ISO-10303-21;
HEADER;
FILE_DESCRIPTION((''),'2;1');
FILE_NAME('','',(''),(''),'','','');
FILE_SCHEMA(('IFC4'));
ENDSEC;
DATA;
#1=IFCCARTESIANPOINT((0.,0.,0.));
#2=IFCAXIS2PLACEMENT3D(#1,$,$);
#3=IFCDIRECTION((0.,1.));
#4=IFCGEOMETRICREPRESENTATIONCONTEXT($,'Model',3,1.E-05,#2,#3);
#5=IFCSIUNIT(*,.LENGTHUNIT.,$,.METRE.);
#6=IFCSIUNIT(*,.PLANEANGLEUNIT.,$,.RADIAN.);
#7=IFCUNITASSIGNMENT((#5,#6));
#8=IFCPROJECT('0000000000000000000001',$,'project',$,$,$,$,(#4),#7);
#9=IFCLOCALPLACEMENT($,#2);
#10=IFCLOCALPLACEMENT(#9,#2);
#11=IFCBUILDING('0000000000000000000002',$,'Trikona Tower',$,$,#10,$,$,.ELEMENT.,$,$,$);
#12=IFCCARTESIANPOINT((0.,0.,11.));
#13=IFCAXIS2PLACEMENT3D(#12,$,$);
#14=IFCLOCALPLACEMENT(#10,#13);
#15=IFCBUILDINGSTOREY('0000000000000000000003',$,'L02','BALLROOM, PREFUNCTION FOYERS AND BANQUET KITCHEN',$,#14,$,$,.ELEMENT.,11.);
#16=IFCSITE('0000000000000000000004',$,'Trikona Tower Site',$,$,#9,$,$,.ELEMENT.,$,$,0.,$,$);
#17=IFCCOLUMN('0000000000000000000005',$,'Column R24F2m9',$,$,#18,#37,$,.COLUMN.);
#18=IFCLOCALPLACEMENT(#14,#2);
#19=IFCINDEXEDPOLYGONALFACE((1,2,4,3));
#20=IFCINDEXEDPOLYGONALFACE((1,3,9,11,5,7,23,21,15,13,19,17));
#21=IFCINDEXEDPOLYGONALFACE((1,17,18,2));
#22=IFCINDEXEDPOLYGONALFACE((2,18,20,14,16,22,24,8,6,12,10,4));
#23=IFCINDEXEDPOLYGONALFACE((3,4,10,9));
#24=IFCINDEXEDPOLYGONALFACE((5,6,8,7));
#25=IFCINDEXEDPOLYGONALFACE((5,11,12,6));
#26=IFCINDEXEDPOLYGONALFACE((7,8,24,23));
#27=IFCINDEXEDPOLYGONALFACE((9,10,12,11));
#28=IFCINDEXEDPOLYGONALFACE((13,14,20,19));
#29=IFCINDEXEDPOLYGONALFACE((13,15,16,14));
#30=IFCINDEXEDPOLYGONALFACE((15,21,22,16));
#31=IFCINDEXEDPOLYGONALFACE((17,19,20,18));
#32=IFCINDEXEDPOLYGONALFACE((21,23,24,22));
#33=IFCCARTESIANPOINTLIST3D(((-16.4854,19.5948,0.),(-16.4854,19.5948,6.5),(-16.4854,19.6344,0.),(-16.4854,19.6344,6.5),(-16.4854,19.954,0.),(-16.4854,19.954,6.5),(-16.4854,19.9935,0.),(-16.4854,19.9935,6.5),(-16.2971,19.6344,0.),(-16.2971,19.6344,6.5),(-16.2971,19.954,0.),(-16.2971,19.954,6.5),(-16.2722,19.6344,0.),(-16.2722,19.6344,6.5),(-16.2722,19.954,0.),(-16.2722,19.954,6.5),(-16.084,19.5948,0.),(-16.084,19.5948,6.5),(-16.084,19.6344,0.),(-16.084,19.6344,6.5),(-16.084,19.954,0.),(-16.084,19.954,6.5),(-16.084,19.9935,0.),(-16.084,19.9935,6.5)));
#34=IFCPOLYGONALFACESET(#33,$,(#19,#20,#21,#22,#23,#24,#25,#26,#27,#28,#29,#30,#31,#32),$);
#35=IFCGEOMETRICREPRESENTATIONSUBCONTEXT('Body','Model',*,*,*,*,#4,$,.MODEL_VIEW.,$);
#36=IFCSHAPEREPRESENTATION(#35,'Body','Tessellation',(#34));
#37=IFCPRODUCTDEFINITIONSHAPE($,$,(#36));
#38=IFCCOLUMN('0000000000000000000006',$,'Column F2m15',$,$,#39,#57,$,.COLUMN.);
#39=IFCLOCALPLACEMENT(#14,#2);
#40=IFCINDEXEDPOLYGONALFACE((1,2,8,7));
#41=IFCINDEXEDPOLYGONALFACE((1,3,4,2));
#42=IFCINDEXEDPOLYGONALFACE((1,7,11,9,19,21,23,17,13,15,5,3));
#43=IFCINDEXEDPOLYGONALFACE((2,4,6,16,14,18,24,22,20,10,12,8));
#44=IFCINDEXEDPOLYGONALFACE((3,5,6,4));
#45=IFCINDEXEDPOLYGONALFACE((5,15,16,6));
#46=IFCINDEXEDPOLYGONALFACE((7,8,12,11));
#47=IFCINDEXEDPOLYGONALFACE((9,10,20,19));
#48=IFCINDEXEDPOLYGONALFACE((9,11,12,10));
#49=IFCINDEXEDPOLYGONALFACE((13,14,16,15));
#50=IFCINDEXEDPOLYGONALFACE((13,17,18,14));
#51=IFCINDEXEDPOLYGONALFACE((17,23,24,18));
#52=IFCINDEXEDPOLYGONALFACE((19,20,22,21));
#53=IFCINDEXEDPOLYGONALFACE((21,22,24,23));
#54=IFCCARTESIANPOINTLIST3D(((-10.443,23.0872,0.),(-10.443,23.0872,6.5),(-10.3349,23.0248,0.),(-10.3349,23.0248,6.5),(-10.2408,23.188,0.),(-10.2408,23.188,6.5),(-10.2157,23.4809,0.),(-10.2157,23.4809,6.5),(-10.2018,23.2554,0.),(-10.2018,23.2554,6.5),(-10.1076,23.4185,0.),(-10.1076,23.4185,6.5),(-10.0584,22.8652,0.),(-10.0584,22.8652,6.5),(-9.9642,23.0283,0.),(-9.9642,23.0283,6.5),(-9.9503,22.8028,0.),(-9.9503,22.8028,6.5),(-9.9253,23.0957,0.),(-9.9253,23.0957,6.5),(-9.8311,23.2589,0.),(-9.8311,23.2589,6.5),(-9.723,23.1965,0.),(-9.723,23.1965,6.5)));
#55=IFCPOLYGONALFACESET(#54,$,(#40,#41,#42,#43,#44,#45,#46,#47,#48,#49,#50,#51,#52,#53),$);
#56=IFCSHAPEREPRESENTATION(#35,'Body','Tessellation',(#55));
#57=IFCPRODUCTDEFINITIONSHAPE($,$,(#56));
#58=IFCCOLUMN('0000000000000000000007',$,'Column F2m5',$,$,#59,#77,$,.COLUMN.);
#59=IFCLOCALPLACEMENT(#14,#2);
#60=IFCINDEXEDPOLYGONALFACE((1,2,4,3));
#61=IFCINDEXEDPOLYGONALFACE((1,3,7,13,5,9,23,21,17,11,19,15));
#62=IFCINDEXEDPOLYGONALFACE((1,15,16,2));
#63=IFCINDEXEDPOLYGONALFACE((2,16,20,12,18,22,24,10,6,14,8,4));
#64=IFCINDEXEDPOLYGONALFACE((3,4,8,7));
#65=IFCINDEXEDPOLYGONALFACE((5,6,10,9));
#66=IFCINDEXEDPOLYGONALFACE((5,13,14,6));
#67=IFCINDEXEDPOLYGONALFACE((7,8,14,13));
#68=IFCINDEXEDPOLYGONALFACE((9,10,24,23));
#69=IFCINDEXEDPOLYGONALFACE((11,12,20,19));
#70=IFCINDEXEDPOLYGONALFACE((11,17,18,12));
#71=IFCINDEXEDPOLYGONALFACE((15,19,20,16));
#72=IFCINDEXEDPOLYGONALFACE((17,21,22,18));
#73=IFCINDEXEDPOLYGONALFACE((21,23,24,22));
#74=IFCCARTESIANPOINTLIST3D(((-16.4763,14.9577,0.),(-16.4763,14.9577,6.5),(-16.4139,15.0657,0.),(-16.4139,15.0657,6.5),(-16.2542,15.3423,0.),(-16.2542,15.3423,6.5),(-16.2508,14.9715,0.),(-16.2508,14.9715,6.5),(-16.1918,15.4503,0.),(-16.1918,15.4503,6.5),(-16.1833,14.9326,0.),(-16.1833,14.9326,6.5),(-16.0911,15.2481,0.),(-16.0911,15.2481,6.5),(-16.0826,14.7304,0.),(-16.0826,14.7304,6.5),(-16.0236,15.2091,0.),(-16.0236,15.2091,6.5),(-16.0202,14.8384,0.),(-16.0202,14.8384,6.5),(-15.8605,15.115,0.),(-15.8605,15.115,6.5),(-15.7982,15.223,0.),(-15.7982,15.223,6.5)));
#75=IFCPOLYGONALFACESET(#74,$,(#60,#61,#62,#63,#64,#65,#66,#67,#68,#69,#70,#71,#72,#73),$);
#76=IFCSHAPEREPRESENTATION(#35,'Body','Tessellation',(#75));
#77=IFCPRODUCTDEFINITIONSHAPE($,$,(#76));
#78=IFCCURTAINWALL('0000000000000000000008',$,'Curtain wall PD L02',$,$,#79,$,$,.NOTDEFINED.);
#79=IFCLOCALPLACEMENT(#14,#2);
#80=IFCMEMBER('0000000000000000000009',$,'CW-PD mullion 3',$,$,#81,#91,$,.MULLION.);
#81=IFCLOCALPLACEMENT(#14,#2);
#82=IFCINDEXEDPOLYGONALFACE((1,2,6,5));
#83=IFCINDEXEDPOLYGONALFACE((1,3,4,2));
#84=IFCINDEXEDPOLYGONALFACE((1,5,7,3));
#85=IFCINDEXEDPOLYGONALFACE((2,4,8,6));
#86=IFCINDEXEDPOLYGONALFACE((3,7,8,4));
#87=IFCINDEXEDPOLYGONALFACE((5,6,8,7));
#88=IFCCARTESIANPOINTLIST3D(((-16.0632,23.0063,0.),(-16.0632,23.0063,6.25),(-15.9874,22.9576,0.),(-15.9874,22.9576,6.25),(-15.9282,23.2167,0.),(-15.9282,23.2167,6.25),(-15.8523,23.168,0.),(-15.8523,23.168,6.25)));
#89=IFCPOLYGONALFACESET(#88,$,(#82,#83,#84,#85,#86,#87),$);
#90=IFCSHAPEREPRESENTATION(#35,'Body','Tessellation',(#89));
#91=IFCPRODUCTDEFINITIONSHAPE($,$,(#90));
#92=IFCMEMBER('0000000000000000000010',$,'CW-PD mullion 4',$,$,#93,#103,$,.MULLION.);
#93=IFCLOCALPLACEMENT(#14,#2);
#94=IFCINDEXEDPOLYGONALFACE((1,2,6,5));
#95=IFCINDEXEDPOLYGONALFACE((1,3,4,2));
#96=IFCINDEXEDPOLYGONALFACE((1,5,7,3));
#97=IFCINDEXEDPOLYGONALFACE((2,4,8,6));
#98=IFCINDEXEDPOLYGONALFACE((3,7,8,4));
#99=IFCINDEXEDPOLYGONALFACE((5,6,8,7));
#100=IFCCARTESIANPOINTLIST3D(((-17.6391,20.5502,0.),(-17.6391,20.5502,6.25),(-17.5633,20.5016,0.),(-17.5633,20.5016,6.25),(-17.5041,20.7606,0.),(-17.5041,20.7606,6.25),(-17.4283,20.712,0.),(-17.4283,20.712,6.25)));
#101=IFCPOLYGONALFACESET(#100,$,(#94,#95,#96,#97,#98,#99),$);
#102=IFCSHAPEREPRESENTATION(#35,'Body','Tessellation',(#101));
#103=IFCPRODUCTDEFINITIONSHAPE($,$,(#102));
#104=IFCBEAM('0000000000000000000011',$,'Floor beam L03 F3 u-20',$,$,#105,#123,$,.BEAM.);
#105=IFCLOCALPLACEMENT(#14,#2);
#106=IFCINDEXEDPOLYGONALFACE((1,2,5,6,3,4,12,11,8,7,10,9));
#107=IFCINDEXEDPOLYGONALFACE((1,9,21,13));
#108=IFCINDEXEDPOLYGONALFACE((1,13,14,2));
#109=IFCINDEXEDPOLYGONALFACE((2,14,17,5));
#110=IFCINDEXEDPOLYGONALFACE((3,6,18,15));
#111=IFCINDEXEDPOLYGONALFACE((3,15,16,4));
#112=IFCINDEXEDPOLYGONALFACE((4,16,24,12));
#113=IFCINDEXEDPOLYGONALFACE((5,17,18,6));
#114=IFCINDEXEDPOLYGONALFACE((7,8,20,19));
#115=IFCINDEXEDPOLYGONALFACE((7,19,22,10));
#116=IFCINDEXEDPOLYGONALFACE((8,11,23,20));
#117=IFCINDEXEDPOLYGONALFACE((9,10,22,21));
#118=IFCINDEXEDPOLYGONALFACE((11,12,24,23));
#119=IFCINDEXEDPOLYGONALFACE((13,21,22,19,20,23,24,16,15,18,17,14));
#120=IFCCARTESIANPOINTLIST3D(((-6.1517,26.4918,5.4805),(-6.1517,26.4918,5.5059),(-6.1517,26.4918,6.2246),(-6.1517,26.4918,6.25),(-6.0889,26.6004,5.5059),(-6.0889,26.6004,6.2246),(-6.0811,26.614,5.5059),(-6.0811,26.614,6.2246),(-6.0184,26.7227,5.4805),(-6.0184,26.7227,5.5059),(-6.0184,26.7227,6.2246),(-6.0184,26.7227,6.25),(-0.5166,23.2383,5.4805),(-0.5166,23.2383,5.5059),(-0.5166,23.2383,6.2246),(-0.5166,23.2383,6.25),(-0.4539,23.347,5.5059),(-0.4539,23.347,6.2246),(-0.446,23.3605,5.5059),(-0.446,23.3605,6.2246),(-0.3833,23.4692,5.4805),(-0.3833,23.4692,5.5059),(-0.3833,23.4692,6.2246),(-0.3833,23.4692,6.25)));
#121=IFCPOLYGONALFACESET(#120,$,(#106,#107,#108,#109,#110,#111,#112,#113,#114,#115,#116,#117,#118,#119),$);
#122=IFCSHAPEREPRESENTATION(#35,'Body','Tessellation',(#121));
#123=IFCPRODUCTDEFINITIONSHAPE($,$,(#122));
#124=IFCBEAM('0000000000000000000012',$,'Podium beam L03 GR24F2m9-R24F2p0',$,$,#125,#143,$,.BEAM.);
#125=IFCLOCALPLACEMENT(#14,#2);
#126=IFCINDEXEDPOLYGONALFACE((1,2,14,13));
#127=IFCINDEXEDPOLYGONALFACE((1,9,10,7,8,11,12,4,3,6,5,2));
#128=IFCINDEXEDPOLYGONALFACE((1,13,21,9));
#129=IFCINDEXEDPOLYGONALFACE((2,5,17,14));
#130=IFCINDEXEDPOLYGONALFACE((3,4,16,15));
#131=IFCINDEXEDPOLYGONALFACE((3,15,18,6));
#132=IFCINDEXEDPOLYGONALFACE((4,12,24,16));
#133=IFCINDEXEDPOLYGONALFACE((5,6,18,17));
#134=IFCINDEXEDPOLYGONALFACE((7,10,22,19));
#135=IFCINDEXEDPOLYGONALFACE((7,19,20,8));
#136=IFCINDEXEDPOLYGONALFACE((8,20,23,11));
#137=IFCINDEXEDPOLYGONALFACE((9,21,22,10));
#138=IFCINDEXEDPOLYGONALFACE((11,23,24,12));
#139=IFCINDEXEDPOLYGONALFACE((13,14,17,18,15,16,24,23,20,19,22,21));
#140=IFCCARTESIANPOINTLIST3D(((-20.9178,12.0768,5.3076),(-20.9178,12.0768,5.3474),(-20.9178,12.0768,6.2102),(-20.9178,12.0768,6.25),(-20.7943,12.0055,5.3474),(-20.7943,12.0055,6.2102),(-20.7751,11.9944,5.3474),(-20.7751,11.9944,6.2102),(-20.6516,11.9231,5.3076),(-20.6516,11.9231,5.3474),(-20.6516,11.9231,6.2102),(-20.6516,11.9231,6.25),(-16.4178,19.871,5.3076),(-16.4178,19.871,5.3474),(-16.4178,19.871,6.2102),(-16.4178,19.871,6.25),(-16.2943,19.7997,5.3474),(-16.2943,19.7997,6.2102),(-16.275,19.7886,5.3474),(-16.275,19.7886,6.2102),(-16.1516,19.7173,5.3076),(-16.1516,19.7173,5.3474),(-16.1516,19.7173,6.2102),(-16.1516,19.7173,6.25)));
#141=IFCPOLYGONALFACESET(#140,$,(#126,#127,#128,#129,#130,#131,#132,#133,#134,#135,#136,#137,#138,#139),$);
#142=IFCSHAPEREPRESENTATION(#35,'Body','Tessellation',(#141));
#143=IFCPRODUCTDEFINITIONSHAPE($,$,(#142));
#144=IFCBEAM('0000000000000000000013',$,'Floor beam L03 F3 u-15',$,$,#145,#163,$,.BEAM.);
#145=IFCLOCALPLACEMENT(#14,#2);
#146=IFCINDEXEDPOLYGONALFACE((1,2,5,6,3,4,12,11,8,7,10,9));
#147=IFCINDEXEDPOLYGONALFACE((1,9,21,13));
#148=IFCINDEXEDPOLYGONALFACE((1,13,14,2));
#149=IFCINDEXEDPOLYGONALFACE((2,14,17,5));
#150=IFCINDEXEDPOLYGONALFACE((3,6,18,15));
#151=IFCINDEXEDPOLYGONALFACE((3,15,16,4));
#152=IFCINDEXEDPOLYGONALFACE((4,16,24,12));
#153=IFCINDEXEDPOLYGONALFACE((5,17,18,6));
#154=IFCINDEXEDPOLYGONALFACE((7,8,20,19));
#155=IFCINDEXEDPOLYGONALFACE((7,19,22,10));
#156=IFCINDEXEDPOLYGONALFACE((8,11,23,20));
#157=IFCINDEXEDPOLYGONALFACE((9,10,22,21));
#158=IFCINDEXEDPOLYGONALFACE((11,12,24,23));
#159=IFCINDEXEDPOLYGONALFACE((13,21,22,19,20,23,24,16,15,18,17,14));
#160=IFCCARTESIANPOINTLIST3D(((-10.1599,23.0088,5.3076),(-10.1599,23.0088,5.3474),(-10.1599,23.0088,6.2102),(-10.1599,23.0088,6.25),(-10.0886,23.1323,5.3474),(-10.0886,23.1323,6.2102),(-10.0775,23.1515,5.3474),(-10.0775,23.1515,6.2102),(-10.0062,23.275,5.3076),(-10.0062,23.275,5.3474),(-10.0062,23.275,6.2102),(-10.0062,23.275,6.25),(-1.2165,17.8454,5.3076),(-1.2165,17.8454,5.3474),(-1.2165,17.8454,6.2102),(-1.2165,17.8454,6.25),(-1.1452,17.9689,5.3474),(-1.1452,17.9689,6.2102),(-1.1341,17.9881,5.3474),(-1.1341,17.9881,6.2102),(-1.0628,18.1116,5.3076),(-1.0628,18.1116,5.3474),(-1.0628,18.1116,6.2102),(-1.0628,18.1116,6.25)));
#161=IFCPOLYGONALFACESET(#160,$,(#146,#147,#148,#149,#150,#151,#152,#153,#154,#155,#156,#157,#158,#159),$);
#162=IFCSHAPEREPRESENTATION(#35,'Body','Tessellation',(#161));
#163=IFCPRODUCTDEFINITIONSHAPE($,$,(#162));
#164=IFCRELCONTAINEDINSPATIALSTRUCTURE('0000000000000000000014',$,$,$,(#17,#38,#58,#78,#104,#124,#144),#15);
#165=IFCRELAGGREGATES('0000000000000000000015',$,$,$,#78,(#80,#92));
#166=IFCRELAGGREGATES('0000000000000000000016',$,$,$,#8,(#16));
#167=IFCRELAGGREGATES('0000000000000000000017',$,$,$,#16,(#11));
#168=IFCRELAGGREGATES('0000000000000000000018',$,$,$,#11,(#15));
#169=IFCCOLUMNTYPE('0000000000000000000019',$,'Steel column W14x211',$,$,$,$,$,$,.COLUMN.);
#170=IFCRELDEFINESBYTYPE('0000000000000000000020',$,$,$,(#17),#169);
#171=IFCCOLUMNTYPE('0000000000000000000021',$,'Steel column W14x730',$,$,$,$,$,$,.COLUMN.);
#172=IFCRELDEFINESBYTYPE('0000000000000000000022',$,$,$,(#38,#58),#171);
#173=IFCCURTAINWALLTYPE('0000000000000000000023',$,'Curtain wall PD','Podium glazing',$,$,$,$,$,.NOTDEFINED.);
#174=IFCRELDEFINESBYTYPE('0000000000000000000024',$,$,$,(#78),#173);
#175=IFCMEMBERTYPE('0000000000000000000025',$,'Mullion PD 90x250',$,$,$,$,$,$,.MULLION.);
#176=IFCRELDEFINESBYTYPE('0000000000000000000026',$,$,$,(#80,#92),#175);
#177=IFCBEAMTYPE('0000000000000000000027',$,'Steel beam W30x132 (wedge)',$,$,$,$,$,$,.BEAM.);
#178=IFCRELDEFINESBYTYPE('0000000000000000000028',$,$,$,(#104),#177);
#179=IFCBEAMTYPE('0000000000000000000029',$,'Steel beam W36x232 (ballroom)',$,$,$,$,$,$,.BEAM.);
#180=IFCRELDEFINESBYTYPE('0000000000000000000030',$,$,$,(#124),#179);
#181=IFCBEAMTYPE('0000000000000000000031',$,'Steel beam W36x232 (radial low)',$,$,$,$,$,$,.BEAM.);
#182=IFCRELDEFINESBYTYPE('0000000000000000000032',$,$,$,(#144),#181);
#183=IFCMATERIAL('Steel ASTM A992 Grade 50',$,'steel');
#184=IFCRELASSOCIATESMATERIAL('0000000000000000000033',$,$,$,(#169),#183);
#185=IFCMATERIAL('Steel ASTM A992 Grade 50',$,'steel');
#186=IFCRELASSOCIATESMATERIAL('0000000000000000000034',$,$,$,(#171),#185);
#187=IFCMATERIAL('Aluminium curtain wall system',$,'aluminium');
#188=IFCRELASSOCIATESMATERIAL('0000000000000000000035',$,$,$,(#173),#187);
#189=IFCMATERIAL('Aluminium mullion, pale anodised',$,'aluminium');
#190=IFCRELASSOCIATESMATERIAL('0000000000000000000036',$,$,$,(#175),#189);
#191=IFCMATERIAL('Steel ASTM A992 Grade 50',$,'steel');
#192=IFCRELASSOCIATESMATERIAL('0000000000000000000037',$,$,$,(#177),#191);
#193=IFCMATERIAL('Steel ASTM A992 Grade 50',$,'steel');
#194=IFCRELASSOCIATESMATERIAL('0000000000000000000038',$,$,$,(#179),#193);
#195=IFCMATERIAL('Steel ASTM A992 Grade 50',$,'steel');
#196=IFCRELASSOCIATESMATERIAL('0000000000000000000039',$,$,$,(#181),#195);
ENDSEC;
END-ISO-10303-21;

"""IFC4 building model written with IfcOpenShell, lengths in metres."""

from ifc_helpers import new_model, si_unit, direction, frame, origin, origin_2d, place, context, subcontext, project, spatial, rectangle, i_section, extrude, material, material_profile, profile_set, type_object, element, aggregate, save


model = new_model("IFC4")

# Units and contexts
model_context = context("Model", 3, precision=1e-05, world=origin(), true_north=direction((0.0, 1.0)))
body_context = subcontext(model_context, "Body", "Model", "MODEL_VIEW")
ifc_project = project(units=[si_unit("LENGTHUNIT", "METRE"), si_unit("PLANEANGLEUNIT", "RADIAN")], contexts=[model_context])

# Site, building, storey
site_placement = place(None, origin())
site = spatial("IfcSite", under=ifc_project, at=site_placement, Name="Trikona Tower Site", CompositionType="ELEMENT", RefElevation=0.0)
building_placement = place(site_placement, origin())
building = spatial("IfcBuilding", under=site, at=building_placement, Name="Trikona Tower", CompositionType="ELEMENT")
storey_placement = place(building_placement, frame((0.0, 0.0, 11.0)))
storey = spatial("IfcBuildingStorey", under=building, at=storey_placement, Name="L02", Description="BALLROOM, PREFUNCTION FOYERS AND BANQUET KITCHEN", CompositionType="ELEMENT", Elevation=11.0)

# Columns
ifc_material_1 = material(Name="Steel ASTM A992 Grade 50", Category="steel")
ifc_material_profile_1 = material_profile(ifc_material_1, i_section(OverallWidth=0.4014, OverallDepth=0.3987, WebThickness=0.0249, FlangeThickness=0.0396, at=origin_2d()), Name="W14X211")
ifc_profile_set_1 = profile_set([ifc_material_profile_1], Name="Steel ASTM A992 Grade 50")
column_type_1 = type_object("IfcColumnType", Name="Steel column W14x211", PredefinedType="COLUMN", material=ifc_profile_set_1)
column_placement = place(storey_placement, frame((-16.2847, 19.7942, 0.0), z_axis=(0.0, 0.0, 1.0), x_axis=(1.0, 0.0, 0.0)))
element("IfcColumn", 1, at=column_placement, inside=storey, type_object=column_type_1, Name="Column R24F2m9", PredefinedType="COLUMN", context=body_context, shape_type="SweptSolid", body=[
    extrude(i_section(OverallWidth=0.4014, OverallDepth=0.3987, WebThickness=0.0249, FlangeThickness=0.0396, at=origin_2d()), origin(), (0.0, 0.0, 1.0), 6.5),
])
ifc_material_2 = material(Name="Steel ASTM A992 Grade 50", Category="steel")
ifc_material_profile_2 = material_profile(ifc_material_2, i_section(OverallWidth=0.4546, OverallDepth=0.5688, WebThickness=0.0779, FlangeThickness=0.1248, at=origin_2d()), Name="W14X730")
ifc_profile_set_2 = profile_set([ifc_material_profile_2], Name="Steel ASTM A992 Grade 50")
column_type_2 = type_object("IfcColumnType", Name="Steel column W14x730", PredefinedType="COLUMN", material=ifc_profile_set_2)
for number, where, z_axis, x_axis, name in (
    (2, (-10.083, 23.1418, 0.0), (0.0, 0.0, 1.0), (-0.5, -0.866025, 0.0), "Column F2m15"),
    (3, (-16.1372, 15.0903, 0.0), (0.0, 0.0, 1.0), (-0.866025, 0.5, 0.0), "Column F2m5"),
):
    element("IfcColumn", number, at=place(storey_placement, frame(where, z_axis=z_axis, x_axis=x_axis)), inside=storey, type_object=column_type_2, Name=name, PredefinedType="COLUMN", context=body_context, shape_type="SweptSolid", body=[
        extrude(i_section(OverallWidth=0.4546, OverallDepth=0.5688, WebThickness=0.0779, FlangeThickness=0.1248, at=origin_2d()), origin(), (0.0, 0.0, 1.0), 6.5),
    ])

# Curtain wall, members
ifc_material_3 = material(Name="Aluminium curtain wall system", Category="aluminium")
curtain_wall_type = type_object("IfcCurtainWallType", Name="Curtain wall PD", Description="Podium glazing", PredefinedType="NOTDEFINED", material=ifc_material_3)
curtain_wall_placement = place(storey_placement, origin())
curtain_wall = element("IfcCurtainWall", 4, at=curtain_wall_placement, inside=storey, type_object=curtain_wall_type, Name="Curtain wall PD L02", PredefinedType="NOTDEFINED")
ifc_material_4 = material(Name="Aluminium mullion, pale anodised", Category="aluminium")
ifc_material_profile_3 = material_profile(ifc_material_4, rectangle(XDim=0.0901, YDim=0.25, at=origin_2d()), Name="MUL-PD")
ifc_profile_set_3 = profile_set([ifc_material_profile_3], Name="Aluminium mullion, pale anodised")
member_type_1 = type_object("IfcMemberType", Name="Mullion PD 90x250", PredefinedType="MULLION", material=ifc_profile_set_3)
member_1_placement = place(storey_placement, frame((-15.9578, 23.0872, 0.0), z_axis=(0.0, 0.0, 1.0), x_axis=(0.841623, -0.540066, 0.0)))
member_1 = element("IfcMember", 5, at=member_1_placement, type_object=member_type_1, Name="CW-PD mullion 3", PredefinedType="MULLION", context=body_context, shape_type="SweptSolid", body=[
    extrude(rectangle(XDim=0.0901, YDim=0.25, at=origin_2d()), origin(), (0.0, 0.0, 1.0), 6.25),
])
member_2_placement = place(storey_placement, frame((-17.5337, 20.6311, 0.0), z_axis=(0.0, 0.0, 1.0), x_axis=(0.841623, -0.540066, 0.0)))
member_2 = element("IfcMember", 6, at=member_2_placement, type_object=member_type_1, Name="CW-PD mullion 4", PredefinedType="MULLION", context=body_context, shape_type="SweptSolid", body=[
    extrude(rectangle(XDim=0.0901, YDim=0.25, at=origin_2d()), origin(), (0.0, 0.0, 1.0), 6.25),
])

# Beams
ifc_material_5 = material(Name="Steel ASTM A992 Grade 50", Category="steel")
ifc_material_profile_4 = material_profile(ifc_material_5, i_section(OverallWidth=0.2666, OverallDepth=0.7695, WebThickness=0.0156, FlangeThickness=0.0254, at=origin_2d()), Name="W30X132")
ifc_profile_set_4 = profile_set([ifc_material_profile_4], Name="Steel ASTM A992 Grade 50")
beam_type_1 = type_object("IfcBeamType", Name="Steel beam W30x132 (wedge)", PredefinedType="BEAM", material=ifc_profile_set_4)
beam_1_placement = place(storey_placement, frame((-0.45, 23.3538, 5.8652), z_axis=(-0.866023, 0.500005, 0.0), x_axis=(-0.500005, -0.866023, 0.0)))
element("IfcBeam", 7, at=beam_1_placement, inside=storey, type_object=beam_type_1, Name="Floor beam L03 F3 u-20", PredefinedType="BEAM", context=body_context, shape_type="SweptSolid", body=[
    extrude(i_section(OverallWidth=0.2666, OverallDepth=0.7695, WebThickness=0.0156, FlangeThickness=0.0254, at=origin_2d()), origin(), (0.0, 0.0, 1.0), 6.5068),
])
ifc_material_6 = material(Name="Steel ASTM A992 Grade 50", Category="steel")
ifc_material_profile_5 = material_profile(ifc_material_6, i_section(OverallWidth=0.3074, OverallDepth=0.9424, WebThickness=0.0222, FlangeThickness=0.0398, at=origin_2d()), Name="W36X232")
ifc_profile_set_5 = profile_set([ifc_material_profile_5], Name="Steel ASTM A992 Grade 50")
beam_type_2 = type_object("IfcBeamType", Name="Steel beam W36x232 (ballroom)", PredefinedType="BEAM", material=ifc_profile_set_5)
beam_2_placement = place(storey_placement, frame((-16.2847, 19.7942, 5.7788), z_axis=(-0.500002, -0.866024, 0.0), x_axis=(0.866024, -0.500002, 0.0)))
element("IfcBeam", 8, at=beam_2_placement, inside=storey, type_object=beam_type_2, Name="Podium beam L03 GR24F2m9-R24F2p0", PredefinedType="BEAM", context=body_context, shape_type="SweptSolid", body=[
    extrude(i_section(OverallWidth=0.3074, OverallDepth=0.9424, WebThickness=0.0222, FlangeThickness=0.0398, at=origin_2d()), origin(), (0.0, 0.0, 1.0), 9.0),
])
ifc_material_7 = material(Name="Steel ASTM A992 Grade 50", Category="steel")
ifc_material_profile_6 = material_profile(ifc_material_7, i_section(OverallWidth=0.3074, OverallDepth=0.9424, WebThickness=0.0222, FlangeThickness=0.0398, at=origin_2d()), Name="W36X232")
ifc_profile_set_6 = profile_set([ifc_material_profile_6], Name="Steel ASTM A992 Grade 50")
beam_type_3 = type_object("IfcBeamType", Name="Steel beam W36x232 (radial low)", PredefinedType="BEAM", material=ifc_profile_set_6)
beam_3_placement = place(storey_placement, frame((-1.1396, 17.9785, 5.7788), z_axis=(-0.86603, 0.499991, 0.0), x_axis=(-0.499991, -0.86603, 0.0)))
element("IfcBeam", 9, at=beam_3_placement, inside=storey, type_object=beam_type_3, Name="Floor beam L03 F3 u-15", PredefinedType="BEAM", context=body_context, shape_type="SweptSolid", body=[
    extrude(i_section(OverallWidth=0.3074, OverallDepth=0.9424, WebThickness=0.0222, FlangeThickness=0.0398, at=origin_2d()), origin(), (0.0, 0.0, 1.0), 10.3269),
])

aggregate(curtain_wall, [member_1, member_2])

save(model, "model.ifc")
